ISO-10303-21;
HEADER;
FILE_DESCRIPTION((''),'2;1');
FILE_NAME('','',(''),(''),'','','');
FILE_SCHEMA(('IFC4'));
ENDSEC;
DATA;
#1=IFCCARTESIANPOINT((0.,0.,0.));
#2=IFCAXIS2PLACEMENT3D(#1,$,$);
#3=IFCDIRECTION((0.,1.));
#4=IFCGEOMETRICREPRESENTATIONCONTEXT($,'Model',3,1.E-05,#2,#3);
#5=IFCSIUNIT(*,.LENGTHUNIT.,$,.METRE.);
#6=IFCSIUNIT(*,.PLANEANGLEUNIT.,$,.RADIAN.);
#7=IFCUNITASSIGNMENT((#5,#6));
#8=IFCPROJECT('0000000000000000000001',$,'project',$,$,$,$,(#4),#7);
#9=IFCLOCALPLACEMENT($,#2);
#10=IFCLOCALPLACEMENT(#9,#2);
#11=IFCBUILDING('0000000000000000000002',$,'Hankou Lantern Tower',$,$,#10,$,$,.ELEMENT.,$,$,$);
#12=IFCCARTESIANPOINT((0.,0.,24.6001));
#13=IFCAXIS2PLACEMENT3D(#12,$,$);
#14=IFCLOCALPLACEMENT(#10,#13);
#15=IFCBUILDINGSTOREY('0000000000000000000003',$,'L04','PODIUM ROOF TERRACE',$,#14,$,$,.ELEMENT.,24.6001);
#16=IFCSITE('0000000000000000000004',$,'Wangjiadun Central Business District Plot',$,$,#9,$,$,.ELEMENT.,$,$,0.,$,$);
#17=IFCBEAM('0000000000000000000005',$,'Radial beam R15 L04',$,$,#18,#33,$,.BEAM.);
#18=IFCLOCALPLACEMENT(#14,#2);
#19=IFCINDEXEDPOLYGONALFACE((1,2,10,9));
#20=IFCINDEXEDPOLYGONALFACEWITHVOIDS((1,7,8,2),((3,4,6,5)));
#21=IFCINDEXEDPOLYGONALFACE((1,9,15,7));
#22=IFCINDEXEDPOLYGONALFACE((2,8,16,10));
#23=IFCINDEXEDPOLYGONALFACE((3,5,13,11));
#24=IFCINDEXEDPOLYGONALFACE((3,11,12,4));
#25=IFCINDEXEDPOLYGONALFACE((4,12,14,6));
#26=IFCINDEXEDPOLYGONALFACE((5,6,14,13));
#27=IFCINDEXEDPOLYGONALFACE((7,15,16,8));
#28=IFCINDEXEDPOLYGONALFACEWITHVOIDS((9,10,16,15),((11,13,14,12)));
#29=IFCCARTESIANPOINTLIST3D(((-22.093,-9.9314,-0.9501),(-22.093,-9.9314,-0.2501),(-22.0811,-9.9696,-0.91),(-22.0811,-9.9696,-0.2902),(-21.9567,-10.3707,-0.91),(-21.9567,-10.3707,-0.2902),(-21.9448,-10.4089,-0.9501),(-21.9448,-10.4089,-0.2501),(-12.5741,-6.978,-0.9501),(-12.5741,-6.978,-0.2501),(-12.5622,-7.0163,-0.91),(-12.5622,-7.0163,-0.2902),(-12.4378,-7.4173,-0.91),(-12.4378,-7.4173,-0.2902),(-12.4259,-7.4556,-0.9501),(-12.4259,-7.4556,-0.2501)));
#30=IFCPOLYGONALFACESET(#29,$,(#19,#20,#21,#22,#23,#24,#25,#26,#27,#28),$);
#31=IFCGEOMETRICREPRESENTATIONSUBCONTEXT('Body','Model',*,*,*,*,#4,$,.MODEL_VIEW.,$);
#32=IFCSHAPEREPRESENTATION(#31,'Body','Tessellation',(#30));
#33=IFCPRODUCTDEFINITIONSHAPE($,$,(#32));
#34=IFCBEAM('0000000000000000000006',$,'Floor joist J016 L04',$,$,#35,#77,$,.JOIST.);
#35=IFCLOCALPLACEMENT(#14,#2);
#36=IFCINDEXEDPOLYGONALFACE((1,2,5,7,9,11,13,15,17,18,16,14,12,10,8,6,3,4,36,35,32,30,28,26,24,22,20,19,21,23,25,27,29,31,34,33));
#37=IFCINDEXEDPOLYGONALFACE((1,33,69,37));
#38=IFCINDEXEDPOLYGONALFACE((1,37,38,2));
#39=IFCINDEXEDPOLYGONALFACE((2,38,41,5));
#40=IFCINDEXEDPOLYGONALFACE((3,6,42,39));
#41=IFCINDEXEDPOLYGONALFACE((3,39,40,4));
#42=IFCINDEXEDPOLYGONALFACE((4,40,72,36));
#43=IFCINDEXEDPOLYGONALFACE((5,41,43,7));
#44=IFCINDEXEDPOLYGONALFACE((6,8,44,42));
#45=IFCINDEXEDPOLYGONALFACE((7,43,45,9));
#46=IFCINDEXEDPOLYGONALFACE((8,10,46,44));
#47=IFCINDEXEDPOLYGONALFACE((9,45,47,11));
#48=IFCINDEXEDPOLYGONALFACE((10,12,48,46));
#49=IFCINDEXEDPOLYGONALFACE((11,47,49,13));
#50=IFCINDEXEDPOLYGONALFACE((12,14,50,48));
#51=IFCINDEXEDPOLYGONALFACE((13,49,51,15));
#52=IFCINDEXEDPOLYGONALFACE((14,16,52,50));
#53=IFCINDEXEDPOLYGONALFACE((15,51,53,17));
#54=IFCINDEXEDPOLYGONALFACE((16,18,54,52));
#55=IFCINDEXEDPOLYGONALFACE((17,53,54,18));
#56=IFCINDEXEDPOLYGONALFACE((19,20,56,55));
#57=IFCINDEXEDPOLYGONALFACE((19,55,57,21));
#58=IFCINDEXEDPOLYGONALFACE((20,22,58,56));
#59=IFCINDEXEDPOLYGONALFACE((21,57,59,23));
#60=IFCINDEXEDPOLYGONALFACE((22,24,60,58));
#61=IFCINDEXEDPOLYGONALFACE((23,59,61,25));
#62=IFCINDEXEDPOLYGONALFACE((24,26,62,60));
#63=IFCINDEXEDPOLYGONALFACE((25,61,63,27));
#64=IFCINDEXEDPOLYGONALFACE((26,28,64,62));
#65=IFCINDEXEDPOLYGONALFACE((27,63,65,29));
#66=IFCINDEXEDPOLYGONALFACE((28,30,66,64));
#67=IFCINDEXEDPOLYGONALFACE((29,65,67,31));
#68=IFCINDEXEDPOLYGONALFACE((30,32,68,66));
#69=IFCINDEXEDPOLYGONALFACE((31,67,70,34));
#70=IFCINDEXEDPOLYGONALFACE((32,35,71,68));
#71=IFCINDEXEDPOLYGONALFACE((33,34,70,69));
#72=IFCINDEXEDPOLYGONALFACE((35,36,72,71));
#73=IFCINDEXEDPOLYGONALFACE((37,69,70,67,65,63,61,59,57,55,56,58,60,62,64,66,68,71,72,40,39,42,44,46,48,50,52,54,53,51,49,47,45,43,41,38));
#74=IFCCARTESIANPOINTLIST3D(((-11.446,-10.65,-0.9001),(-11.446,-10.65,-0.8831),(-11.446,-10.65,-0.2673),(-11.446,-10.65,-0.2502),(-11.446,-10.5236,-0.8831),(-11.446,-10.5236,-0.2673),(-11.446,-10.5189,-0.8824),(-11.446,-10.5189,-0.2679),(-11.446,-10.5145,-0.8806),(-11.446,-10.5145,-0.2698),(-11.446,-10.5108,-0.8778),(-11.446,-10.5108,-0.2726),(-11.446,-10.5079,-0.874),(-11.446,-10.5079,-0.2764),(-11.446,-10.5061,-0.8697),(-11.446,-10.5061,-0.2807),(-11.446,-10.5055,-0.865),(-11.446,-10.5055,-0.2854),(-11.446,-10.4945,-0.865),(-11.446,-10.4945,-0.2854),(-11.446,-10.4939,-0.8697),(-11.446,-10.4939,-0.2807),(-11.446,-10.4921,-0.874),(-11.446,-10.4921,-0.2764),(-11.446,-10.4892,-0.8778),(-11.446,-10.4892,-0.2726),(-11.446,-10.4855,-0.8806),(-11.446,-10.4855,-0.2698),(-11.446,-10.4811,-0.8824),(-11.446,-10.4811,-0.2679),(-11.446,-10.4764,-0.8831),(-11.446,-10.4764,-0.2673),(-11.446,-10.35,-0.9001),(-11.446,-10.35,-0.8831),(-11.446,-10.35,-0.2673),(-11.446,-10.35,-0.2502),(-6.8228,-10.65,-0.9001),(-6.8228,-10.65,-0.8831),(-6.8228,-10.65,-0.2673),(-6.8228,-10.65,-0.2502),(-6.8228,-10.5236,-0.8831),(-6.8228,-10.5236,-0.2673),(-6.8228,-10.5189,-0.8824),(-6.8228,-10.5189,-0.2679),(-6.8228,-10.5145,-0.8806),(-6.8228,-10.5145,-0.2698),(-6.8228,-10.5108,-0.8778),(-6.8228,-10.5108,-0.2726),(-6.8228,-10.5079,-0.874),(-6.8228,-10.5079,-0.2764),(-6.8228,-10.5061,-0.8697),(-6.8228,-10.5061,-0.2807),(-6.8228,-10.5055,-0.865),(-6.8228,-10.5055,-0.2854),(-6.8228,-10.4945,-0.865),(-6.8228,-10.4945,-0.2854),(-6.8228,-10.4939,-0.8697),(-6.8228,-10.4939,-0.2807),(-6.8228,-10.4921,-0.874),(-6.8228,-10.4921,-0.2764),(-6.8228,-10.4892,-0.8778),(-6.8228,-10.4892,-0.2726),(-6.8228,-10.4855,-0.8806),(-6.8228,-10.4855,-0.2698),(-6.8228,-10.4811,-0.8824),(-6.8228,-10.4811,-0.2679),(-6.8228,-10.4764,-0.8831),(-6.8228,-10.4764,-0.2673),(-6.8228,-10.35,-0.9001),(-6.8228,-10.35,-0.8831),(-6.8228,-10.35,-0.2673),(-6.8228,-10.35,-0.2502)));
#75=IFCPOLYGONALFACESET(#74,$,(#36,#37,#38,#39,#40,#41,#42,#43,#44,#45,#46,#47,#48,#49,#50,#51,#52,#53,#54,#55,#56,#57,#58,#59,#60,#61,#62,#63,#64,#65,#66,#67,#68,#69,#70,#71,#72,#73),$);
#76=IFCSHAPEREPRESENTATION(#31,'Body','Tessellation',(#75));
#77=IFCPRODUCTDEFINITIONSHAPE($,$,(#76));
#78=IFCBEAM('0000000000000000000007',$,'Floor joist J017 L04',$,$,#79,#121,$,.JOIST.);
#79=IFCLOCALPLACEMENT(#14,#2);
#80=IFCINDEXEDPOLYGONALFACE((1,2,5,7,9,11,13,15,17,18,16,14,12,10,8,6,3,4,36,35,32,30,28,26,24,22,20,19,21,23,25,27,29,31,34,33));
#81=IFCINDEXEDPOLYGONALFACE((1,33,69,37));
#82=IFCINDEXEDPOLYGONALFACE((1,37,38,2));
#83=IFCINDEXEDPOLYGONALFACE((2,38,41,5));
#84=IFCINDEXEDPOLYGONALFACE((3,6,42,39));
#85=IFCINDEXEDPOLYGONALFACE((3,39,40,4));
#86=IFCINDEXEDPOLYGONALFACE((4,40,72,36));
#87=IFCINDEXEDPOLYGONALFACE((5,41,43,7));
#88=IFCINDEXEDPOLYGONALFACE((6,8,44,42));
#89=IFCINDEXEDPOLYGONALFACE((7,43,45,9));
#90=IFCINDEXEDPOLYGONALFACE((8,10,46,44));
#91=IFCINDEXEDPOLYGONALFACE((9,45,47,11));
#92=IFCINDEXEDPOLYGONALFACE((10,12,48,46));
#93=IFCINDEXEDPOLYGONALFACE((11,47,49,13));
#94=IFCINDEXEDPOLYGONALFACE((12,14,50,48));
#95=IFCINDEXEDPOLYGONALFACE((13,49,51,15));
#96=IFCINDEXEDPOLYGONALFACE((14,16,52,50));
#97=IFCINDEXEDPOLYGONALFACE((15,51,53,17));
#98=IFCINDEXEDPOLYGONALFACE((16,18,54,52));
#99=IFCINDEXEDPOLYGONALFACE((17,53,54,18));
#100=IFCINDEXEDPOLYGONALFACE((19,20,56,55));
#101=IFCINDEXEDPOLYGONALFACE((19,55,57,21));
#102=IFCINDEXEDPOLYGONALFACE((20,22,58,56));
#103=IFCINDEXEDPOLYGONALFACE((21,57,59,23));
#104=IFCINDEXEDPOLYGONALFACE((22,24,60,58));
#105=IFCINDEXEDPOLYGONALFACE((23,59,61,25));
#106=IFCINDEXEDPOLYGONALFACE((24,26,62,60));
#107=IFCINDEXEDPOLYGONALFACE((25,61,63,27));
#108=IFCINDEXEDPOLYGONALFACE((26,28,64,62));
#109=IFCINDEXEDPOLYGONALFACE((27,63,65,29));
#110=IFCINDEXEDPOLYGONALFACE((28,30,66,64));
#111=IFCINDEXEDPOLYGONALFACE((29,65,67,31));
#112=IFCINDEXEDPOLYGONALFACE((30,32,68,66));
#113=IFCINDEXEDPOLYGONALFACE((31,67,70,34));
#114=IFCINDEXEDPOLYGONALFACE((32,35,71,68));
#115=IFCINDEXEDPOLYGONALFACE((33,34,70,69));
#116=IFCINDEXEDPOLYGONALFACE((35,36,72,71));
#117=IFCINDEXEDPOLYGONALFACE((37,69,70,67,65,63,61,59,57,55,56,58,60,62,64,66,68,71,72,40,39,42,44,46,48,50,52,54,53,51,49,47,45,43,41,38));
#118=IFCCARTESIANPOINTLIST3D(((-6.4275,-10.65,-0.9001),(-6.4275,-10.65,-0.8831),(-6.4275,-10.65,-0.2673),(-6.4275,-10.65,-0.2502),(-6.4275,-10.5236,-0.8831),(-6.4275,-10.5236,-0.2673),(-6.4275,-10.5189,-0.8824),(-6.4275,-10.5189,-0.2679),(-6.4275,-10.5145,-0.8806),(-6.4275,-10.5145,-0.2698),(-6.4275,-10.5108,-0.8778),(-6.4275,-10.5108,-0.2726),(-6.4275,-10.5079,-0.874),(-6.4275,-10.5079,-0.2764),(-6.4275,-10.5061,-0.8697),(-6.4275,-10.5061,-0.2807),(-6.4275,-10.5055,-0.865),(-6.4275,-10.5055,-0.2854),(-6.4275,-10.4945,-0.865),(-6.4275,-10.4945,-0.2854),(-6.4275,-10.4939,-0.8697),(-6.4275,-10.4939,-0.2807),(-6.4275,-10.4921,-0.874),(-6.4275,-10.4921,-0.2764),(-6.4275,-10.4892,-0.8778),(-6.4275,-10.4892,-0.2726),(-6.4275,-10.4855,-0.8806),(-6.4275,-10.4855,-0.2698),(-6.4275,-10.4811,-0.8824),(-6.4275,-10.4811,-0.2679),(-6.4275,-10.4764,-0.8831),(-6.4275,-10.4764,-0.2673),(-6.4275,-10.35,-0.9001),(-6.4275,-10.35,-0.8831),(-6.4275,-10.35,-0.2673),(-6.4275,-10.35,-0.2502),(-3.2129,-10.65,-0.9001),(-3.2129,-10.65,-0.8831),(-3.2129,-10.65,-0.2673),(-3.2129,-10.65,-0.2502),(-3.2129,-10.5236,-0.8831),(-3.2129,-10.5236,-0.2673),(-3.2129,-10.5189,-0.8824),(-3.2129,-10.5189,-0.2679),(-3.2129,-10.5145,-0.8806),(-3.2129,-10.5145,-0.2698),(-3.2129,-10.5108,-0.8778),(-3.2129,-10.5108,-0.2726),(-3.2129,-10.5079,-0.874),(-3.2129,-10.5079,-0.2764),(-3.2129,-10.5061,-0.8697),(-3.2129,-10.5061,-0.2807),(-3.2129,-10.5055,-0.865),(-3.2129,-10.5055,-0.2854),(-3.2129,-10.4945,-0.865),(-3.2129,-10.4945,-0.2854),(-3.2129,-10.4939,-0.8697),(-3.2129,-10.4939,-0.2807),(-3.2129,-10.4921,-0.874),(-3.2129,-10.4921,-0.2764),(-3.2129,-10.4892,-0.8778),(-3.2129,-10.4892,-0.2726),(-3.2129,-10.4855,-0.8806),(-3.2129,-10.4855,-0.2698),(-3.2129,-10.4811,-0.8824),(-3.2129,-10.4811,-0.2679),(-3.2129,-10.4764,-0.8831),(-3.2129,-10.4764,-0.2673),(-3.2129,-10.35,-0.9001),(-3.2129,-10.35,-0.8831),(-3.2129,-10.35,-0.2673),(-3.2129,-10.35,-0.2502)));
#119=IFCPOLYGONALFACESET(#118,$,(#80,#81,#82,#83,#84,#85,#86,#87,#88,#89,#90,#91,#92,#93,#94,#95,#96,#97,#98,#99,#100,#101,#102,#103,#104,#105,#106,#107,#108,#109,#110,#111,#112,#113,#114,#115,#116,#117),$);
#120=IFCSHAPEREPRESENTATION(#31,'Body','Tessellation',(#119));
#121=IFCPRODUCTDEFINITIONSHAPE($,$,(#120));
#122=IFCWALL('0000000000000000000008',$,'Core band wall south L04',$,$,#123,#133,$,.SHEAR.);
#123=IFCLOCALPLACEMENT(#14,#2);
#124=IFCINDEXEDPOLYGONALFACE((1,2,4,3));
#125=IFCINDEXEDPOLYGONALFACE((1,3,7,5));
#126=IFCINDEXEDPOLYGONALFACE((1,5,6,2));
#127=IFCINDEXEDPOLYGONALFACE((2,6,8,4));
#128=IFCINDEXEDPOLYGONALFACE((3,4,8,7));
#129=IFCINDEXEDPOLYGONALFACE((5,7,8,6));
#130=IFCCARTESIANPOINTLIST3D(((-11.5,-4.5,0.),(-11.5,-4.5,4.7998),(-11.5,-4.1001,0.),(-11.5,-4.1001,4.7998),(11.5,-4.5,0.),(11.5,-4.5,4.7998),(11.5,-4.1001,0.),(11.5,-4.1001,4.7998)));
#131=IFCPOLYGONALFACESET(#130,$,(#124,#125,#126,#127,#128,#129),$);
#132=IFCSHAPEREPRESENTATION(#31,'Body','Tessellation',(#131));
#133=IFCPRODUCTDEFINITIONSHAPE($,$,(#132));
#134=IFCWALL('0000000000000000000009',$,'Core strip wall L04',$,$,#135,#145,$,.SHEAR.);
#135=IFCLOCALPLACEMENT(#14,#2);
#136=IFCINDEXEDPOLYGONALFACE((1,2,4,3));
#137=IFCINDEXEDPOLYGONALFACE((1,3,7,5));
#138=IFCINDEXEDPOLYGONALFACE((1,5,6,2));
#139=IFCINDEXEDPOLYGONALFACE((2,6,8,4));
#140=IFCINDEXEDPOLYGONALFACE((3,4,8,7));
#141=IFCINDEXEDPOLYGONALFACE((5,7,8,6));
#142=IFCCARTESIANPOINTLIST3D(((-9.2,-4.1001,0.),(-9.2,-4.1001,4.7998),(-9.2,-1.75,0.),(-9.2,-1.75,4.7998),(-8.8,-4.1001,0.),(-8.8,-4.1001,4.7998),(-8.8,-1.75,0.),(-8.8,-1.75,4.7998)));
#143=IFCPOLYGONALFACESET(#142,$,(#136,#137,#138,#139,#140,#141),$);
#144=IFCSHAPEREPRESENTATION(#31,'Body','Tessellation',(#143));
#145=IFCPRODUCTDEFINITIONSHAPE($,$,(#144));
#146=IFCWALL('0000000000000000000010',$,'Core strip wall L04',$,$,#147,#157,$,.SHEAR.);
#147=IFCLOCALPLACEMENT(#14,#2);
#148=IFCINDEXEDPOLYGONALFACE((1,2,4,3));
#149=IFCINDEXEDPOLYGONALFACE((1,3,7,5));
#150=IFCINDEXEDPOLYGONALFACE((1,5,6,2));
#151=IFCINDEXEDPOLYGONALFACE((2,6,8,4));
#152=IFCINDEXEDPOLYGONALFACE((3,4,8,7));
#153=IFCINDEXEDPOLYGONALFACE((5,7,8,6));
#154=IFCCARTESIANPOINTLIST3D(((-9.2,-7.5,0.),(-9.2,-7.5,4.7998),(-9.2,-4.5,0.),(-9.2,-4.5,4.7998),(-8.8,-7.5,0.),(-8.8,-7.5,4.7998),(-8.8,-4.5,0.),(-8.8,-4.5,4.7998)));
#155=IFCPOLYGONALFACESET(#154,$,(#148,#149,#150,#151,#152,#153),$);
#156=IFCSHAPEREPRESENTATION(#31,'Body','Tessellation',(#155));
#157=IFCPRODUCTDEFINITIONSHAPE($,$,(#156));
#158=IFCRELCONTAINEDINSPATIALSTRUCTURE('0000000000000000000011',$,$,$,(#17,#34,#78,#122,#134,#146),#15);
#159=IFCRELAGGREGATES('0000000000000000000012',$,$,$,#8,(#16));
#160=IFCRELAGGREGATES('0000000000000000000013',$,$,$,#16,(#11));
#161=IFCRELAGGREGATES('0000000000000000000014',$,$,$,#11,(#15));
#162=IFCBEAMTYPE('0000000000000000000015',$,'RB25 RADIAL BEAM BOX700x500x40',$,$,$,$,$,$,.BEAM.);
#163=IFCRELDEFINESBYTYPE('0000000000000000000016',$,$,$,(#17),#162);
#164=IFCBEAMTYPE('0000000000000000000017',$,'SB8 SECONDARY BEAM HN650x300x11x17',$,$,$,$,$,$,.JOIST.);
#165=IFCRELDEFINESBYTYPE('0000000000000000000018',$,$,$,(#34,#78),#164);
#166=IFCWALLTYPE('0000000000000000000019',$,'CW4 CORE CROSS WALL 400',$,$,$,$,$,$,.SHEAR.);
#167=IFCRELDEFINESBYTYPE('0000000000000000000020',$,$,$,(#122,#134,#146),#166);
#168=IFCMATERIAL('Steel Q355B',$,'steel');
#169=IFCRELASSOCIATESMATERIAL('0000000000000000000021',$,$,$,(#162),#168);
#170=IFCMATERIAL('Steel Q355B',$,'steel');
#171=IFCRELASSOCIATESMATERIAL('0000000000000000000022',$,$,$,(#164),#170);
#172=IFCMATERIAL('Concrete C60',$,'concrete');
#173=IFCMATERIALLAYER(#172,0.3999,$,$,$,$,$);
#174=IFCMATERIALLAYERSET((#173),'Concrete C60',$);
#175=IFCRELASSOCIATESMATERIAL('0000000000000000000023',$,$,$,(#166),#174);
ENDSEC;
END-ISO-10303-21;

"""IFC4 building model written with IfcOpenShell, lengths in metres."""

from ifc_helpers import new_model, si_unit, direction, frame, frame_2d, origin, origin_2d, place, context, subcontext, project, spatial, rectangle, hollow_rectangle, i_section, extrude, material, layer, layer_set, material_profile, profile_set, type_object, element, save


model = new_model("IFC4")

# Units and contexts
model_context = context("Model", 3, precision=1e-05, world=origin(), true_north=direction((0.0, 1.0)))
body_context = subcontext(model_context, "Body", "Model", "MODEL_VIEW")
ifc_project = project(units=[si_unit("LENGTHUNIT", "METRE"), si_unit("PLANEANGLEUNIT", "RADIAN")], contexts=[model_context])

# Site, building, storey
site_placement = place(None, origin())
site = spatial("IfcSite", under=ifc_project, at=site_placement, Name="Wangjiadun Central Business District Plot", CompositionType="ELEMENT", RefElevation=0.0)
building_placement = place(site_placement, origin())
building = spatial("IfcBuilding", under=site, at=building_placement, Name="Hankou Lantern Tower", CompositionType="ELEMENT")
storey_placement = place(building_placement, frame((0.0, 0.0, 24.6001)))
storey = spatial("IfcBuildingStorey", under=building, at=storey_placement, Name="L04", Description="PODIUM ROOF TERRACE", CompositionType="ELEMENT", Elevation=24.6001)

# Beams
ifc_material_1 = material(Name="Steel Q355B", Category="steel")
ifc_material_profile_1 = material_profile(ifc_material_1, hollow_rectangle(XDim=0.5, YDim=0.7, WallThickness=0.04, at=origin_2d()), Name="BOX700x500x40")
ifc_profile_set_1 = profile_set([ifc_material_profile_1], Name="Steel Q355B")
beam_type_1 = type_object("IfcBeamType", Name="RB25 RADIAL BEAM BOX700x500x40", PredefinedType="BEAM", material=ifc_profile_set_1)
beam_1_placement = place(storey_placement, frame((-12.5, -7.2168, -0.6001), z_axis=(-0.955087, -0.296324, 0.0), x_axis=(0.296324, -0.955087, 0.0)))
element("IfcBeam", 1, at=beam_1_placement, inside=storey, type_object=beam_type_1, Name="Radial beam R15 L04", PredefinedType="BEAM", context=body_context, shape_type="SweptSolid", body=[
    extrude(hollow_rectangle(XDim=0.5, YDim=0.7, WallThickness=0.04, at=origin_2d()), origin(), (0.0, 0.0, 1.0), 9.9666),
])
ifc_material_2 = material(Name="Steel Q355B", Category="steel")
ifc_material_profile_2 = material_profile(ifc_material_2, i_section(OverallWidth=0.3, OverallDepth=0.6499, WebThickness=0.011, FlangeThickness=0.0171, FilletRadius=0.0181, at=origin_2d()), Name="HN650x300x11x17")
ifc_profile_set_2 = profile_set([ifc_material_profile_2], Name="Steel Q355B")
beam_type_2 = type_object("IfcBeamType", Name="SB8 SECONDARY BEAM HN650x300x11x17", PredefinedType="JOIST", material=ifc_profile_set_2)
beam_2_placement = place(storey_placement, frame((-11.446, -10.5, -0.5752), z_axis=(1.0, 0.0, 0.0), x_axis=(0.0, 1.0, 0.0)))
element("IfcBeam", 2, at=beam_2_placement, inside=storey, type_object=beam_type_2, Name="Floor joist J016 L04", PredefinedType="JOIST", context=body_context, shape_type="SweptSolid", body=[
    extrude(i_section(OverallWidth=0.3, OverallDepth=0.6499, WebThickness=0.011, FlangeThickness=0.0171, FilletRadius=0.0181, at=origin_2d()), origin(), (0.0, 0.0, 1.0), 4.6233),
])
beam_3_placement = place(storey_placement, frame((-6.4275, -10.5, -0.5752), z_axis=(1.0, 0.0, 0.0), x_axis=(0.0, 1.0, 0.0)))
element("IfcBeam", 3, at=beam_3_placement, inside=storey, type_object=beam_type_2, Name="Floor joist J017 L04", PredefinedType="JOIST", context=body_context, shape_type="SweptSolid", body=[
    extrude(i_section(OverallWidth=0.3, OverallDepth=0.6499, WebThickness=0.011, FlangeThickness=0.0171, FilletRadius=0.0181, at=origin_2d()), origin(), (0.0, 0.0, 1.0), 3.2146),
])

# Walls
ifc_material_3 = material(Name="Concrete C60", Category="concrete")
ifc_layer_1 = layer(ifc_material_3, 0.3999)
ifc_layer_set_1 = layer_set([ifc_layer_1], Name="Concrete C60")
wall_type_1 = type_object("IfcWallType", Name="CW4 CORE CROSS WALL 400", PredefinedType="SHEAR", material=ifc_layer_set_1)
wall_1_placement = place(storey_placement, frame((-11.5, -4.3, 0.0), z_axis=(0.0, 0.0, 1.0), x_axis=(1.0, 0.0, 0.0)))
element("IfcWall", 4, at=wall_1_placement, inside=storey, type_object=wall_type_1, Name="Core band wall south L04", PredefinedType="SHEAR", context=body_context, shape_type="SweptSolid", body=[
    extrude(rectangle(XDim=23.0, YDim=0.3999, at=frame_2d((11.5, 0.0))), origin(), (0.0, 0.0, 1.0), 4.7998),
])
wall_2_placement = place(storey_placement, frame((-9.0, -4.1001, 0.0), z_axis=(0.0, 0.0, 1.0), x_axis=(0.0, 1.0, 0.0)))
element("IfcWall", 5, at=wall_2_placement, inside=storey, type_object=wall_type_1, Name="Core strip wall L04", PredefinedType="SHEAR", context=body_context, shape_type="SweptSolid", body=[
    extrude(rectangle(XDim=2.3501, YDim=0.3999, at=frame_2d((1.175, 0.0))), origin(), (0.0, 0.0, 1.0), 4.7998),
])
wall_3_placement = place(storey_placement, frame((-9.0, -7.5, 0.0), z_axis=(0.0, 0.0, 1.0), x_axis=(0.0, 1.0, 0.0)))
element("IfcWall", 6, at=wall_3_placement, inside=storey, type_object=wall_type_1, Name="Core strip wall L04", PredefinedType="SHEAR", context=body_context, shape_type="SweptSolid", body=[
    extrude(rectangle(XDim=3.0, YDim=0.3999, at=frame_2d((1.5, 0.0))), origin(), (0.0, 0.0, 1.0), 4.7998),
])

save(model, "model.ifc")
